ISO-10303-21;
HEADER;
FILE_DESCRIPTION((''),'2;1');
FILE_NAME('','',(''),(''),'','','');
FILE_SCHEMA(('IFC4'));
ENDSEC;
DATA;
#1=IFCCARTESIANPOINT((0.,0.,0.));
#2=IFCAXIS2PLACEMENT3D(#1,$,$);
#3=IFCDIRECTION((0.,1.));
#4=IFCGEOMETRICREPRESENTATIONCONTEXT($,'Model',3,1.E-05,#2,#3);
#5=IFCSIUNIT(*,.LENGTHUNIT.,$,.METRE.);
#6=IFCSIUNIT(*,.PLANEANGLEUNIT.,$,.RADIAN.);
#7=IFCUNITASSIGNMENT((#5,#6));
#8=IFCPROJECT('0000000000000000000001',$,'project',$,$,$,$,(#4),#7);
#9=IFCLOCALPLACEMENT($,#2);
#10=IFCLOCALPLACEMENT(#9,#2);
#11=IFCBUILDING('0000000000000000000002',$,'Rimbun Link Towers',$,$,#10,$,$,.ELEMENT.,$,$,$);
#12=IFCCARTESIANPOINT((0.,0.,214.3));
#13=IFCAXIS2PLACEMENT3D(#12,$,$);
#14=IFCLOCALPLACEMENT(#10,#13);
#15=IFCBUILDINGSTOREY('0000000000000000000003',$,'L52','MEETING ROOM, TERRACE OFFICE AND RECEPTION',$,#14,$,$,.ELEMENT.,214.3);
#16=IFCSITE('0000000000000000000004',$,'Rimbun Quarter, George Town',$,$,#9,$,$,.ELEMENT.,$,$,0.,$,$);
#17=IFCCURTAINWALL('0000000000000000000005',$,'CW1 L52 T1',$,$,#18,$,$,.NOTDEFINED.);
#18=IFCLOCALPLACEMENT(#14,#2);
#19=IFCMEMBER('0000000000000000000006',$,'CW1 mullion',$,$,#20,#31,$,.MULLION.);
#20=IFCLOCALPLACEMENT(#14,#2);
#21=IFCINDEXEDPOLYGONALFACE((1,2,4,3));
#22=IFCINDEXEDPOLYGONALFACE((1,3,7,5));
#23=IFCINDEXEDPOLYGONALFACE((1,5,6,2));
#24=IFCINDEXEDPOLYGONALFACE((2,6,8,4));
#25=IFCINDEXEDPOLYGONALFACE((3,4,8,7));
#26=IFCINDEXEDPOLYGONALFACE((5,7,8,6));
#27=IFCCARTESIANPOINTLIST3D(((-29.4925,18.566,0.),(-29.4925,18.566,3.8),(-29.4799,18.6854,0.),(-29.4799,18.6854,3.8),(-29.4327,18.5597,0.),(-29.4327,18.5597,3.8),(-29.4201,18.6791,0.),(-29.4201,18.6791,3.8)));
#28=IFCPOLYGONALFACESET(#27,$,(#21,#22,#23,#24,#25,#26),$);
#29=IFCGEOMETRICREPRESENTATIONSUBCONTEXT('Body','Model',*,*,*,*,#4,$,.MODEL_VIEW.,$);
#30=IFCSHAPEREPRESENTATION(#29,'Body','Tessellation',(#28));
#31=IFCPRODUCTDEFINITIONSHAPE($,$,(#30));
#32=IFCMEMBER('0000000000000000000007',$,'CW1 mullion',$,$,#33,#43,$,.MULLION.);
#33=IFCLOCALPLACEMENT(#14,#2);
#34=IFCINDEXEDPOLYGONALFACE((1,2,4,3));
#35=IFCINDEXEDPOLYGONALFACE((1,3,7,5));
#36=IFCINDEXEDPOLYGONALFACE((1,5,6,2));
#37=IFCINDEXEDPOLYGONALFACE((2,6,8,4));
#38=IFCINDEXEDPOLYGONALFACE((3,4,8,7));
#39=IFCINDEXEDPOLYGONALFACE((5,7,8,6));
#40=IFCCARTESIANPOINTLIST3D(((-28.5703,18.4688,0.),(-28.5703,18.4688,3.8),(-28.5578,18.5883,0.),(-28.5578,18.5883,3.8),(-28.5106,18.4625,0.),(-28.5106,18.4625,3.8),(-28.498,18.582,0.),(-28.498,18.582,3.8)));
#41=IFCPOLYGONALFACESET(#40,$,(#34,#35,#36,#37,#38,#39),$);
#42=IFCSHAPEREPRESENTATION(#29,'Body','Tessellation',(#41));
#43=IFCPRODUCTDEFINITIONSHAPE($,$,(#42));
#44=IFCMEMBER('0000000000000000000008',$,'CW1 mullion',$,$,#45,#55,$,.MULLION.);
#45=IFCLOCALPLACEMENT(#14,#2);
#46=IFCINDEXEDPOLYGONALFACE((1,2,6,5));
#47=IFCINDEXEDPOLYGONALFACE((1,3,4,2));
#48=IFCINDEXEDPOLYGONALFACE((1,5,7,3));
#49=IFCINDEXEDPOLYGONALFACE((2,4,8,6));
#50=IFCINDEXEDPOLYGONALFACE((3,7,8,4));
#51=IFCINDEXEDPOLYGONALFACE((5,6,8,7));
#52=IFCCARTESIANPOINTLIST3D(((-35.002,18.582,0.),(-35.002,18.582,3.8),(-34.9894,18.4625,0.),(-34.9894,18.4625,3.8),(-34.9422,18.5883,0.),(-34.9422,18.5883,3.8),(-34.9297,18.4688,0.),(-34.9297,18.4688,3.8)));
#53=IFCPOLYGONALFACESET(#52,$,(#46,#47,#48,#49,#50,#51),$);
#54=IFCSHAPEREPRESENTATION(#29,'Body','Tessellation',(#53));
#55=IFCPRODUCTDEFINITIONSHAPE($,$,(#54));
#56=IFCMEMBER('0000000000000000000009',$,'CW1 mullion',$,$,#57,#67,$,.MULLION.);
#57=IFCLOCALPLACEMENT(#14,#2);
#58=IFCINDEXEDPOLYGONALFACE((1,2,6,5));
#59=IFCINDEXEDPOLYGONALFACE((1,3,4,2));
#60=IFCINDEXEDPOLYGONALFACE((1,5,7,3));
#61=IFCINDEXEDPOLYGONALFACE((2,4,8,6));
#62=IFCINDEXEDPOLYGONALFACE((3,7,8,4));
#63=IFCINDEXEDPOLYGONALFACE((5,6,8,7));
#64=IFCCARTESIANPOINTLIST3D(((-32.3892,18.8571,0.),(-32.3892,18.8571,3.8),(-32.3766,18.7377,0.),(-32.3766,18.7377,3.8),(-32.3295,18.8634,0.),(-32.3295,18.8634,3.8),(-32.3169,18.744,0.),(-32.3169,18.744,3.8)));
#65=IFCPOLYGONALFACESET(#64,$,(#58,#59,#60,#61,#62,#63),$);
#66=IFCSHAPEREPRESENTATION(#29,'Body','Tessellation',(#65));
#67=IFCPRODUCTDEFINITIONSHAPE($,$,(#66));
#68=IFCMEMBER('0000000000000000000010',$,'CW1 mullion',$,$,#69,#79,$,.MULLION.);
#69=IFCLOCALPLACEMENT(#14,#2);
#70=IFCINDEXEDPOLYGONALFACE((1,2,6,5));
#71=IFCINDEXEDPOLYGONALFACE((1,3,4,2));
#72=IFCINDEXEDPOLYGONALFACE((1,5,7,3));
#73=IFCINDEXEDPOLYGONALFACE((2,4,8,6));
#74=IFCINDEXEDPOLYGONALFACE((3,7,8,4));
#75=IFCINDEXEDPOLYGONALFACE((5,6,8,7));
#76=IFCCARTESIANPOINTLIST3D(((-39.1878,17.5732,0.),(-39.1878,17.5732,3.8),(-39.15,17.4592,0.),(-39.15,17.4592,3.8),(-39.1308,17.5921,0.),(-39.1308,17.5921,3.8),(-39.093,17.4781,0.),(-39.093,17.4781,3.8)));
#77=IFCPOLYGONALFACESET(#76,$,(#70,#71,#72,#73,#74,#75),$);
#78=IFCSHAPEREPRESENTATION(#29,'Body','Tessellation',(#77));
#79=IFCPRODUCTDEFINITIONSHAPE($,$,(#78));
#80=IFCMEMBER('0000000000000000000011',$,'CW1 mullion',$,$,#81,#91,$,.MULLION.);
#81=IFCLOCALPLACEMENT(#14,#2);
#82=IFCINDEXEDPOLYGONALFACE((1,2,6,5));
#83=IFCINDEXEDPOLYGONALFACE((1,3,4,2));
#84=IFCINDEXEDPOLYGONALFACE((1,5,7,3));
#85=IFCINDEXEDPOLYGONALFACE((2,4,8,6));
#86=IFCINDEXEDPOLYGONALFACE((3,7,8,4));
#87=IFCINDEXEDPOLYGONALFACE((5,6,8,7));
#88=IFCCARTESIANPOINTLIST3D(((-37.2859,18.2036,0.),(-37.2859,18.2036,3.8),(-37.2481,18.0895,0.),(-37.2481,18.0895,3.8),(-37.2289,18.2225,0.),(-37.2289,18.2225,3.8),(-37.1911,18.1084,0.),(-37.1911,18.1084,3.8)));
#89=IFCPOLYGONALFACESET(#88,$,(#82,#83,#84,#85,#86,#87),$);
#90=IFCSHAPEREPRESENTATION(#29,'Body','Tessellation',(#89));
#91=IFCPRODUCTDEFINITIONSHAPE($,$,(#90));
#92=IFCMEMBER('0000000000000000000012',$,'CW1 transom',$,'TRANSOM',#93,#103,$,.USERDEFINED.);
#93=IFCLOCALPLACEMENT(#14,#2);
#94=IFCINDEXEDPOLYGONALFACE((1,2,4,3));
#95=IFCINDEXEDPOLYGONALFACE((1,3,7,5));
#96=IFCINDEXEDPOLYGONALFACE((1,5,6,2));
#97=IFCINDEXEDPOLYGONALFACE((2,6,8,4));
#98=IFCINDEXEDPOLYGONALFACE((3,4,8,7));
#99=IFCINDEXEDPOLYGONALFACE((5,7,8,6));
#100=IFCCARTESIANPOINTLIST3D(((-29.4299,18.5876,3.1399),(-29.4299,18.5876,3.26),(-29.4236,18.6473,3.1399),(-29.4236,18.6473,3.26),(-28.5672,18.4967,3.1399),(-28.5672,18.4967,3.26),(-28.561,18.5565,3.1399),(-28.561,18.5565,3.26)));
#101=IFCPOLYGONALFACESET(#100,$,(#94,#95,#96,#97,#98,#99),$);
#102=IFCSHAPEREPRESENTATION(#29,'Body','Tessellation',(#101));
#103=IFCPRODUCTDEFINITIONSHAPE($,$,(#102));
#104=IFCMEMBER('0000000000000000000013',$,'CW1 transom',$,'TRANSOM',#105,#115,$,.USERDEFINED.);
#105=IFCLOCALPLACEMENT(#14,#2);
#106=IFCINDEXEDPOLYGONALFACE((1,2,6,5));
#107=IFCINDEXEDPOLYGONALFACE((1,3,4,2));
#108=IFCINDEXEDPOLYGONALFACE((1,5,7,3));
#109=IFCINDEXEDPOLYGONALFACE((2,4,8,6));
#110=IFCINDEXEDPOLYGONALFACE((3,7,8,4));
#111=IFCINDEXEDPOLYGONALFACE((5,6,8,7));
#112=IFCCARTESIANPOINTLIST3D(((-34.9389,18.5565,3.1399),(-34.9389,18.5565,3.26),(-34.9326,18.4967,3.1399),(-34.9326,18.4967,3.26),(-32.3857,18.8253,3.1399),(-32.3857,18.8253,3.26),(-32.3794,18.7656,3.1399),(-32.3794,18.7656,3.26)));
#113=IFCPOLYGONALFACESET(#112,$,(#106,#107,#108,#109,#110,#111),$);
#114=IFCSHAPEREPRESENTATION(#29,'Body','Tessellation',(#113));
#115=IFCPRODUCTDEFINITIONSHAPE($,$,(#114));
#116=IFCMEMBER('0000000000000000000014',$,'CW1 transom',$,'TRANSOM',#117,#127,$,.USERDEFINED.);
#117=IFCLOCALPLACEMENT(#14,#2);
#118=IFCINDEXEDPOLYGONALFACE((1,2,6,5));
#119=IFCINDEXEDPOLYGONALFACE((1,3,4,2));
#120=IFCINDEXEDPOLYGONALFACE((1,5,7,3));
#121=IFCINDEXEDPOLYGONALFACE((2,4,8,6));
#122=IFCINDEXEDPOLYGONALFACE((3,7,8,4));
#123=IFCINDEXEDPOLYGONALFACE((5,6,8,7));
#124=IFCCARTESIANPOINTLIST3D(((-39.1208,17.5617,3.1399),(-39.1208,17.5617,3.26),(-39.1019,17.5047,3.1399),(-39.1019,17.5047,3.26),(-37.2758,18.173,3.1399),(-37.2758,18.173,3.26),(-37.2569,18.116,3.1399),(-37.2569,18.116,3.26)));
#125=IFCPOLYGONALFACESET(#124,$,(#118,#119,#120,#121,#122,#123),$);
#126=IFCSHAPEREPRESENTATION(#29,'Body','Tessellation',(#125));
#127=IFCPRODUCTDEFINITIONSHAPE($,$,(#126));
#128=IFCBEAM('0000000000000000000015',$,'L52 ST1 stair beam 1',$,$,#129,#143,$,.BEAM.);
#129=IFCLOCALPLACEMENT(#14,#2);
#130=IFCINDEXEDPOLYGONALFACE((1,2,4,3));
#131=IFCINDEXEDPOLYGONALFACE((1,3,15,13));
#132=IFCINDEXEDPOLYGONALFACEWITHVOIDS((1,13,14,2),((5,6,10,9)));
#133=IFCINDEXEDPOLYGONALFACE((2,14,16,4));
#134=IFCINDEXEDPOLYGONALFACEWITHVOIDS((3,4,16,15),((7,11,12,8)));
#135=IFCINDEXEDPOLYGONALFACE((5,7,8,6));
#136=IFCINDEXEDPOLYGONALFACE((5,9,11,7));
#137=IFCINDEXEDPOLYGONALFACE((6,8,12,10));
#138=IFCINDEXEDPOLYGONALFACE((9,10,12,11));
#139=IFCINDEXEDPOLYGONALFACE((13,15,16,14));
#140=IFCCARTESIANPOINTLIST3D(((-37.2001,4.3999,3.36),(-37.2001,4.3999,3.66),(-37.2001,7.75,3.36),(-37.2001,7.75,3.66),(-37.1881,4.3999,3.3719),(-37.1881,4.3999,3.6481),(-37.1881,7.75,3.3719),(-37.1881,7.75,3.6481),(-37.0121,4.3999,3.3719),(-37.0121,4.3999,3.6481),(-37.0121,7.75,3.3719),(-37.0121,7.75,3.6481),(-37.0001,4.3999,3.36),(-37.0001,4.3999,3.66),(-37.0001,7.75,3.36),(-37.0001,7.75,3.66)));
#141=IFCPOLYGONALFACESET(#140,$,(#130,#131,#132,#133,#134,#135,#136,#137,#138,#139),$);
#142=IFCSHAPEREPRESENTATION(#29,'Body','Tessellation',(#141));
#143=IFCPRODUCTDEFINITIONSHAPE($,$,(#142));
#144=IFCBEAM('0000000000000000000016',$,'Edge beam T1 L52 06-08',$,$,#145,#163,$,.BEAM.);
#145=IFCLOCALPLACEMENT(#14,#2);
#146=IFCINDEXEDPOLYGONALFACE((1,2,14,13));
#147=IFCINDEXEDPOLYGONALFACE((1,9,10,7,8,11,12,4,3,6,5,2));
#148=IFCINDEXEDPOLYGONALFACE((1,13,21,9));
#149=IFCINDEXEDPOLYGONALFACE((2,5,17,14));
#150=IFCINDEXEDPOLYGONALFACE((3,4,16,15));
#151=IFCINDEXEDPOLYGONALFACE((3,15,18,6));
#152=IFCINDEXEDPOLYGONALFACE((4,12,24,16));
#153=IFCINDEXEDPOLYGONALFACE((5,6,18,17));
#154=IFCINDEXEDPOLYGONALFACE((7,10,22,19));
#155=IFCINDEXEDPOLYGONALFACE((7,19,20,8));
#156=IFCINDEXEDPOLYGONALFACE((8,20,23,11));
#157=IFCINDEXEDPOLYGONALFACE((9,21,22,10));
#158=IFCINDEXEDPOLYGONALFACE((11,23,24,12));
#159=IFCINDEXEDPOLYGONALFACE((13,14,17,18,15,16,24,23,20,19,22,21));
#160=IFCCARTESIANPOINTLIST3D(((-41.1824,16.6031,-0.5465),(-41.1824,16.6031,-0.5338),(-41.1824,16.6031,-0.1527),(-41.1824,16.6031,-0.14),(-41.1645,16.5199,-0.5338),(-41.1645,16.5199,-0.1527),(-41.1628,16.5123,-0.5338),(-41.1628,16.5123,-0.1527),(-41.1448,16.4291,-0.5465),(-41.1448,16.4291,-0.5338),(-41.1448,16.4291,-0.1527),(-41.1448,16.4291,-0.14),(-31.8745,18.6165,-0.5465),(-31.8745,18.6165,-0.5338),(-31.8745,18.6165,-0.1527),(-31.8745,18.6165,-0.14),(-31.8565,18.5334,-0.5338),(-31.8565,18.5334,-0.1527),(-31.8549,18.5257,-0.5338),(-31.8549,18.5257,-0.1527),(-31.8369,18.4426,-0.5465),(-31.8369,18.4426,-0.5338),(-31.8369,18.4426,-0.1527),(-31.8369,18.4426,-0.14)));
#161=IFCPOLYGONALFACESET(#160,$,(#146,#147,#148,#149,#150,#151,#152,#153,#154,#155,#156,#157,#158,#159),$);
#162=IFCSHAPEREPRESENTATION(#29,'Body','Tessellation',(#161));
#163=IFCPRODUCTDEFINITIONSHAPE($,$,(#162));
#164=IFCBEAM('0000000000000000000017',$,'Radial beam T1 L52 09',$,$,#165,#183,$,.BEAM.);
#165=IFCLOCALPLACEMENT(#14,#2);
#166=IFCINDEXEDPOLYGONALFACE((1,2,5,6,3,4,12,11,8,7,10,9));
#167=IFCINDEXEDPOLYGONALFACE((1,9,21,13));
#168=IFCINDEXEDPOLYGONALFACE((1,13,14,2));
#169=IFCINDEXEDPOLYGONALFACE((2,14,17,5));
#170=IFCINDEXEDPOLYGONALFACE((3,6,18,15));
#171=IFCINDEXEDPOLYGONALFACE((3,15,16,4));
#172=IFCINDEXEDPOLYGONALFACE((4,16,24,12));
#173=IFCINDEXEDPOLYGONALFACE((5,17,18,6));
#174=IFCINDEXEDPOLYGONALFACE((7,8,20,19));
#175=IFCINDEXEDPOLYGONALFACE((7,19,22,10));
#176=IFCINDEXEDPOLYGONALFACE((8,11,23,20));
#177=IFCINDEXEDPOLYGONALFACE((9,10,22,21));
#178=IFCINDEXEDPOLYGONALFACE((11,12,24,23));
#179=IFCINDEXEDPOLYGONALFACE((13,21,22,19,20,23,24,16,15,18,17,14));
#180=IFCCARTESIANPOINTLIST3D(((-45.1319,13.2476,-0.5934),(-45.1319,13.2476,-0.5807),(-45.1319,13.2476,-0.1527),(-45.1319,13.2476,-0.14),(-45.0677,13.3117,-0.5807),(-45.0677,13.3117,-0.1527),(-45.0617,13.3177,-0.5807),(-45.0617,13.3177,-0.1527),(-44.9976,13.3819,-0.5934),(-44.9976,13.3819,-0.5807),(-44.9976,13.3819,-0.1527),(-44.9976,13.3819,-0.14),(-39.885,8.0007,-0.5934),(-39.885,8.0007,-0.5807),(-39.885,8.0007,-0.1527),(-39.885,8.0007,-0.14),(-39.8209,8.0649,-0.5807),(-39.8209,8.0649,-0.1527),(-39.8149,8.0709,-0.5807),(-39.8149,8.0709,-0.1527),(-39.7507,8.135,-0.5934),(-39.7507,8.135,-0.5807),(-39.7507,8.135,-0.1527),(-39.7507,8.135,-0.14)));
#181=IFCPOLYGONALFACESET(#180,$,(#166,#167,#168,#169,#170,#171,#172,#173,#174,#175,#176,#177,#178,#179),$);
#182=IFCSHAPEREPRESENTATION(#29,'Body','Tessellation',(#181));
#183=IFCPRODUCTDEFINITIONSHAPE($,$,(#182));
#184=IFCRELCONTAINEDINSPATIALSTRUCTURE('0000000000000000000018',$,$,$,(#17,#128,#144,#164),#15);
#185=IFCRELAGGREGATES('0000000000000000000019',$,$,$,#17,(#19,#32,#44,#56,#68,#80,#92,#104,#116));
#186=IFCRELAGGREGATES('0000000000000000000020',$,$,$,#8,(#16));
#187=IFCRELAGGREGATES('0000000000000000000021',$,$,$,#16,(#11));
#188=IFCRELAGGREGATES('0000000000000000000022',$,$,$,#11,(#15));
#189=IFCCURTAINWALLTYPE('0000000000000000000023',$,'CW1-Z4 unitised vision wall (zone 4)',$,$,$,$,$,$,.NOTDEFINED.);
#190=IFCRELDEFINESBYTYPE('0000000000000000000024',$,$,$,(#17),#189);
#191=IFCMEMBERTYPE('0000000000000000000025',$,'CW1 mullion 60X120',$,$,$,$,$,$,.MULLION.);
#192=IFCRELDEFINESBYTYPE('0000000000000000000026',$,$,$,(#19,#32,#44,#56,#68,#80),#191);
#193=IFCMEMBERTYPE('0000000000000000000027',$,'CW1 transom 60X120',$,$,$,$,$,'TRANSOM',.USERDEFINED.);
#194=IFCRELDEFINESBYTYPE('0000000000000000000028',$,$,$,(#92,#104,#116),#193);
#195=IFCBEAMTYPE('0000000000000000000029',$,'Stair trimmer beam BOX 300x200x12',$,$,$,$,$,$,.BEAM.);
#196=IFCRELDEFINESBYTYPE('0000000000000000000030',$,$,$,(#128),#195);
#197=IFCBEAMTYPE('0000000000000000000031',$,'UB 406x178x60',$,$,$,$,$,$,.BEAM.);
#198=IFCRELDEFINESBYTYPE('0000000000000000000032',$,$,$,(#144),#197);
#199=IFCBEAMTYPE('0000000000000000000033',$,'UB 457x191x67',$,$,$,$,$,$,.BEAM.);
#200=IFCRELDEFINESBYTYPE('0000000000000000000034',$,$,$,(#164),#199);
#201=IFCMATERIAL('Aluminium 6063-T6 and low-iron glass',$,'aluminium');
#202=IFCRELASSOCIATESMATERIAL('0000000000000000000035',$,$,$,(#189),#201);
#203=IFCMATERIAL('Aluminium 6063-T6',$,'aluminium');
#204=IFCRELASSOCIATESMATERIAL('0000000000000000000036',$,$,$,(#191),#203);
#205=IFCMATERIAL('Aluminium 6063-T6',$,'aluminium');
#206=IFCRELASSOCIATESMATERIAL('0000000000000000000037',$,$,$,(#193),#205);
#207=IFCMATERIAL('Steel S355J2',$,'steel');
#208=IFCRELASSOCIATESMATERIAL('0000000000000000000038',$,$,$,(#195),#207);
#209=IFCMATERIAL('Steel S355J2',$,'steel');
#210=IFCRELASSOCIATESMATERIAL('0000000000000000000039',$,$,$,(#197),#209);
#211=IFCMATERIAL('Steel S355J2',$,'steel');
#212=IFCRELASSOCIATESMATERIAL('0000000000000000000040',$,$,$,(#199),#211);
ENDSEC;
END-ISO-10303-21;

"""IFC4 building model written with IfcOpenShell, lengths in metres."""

from ifc_helpers import new_model, si_unit, direction, frame, origin, origin_2d, place, context, subcontext, project, spatial, rectangle, hollow_rectangle, i_section, extrude, material, material_profile, profile_set, type_object, element, aggregate, save


model = new_model("IFC4")

# Units and contexts
model_context = context("Model", 3, precision=1e-05, world=origin(), true_north=direction((0.0, 1.0)))
body_context = subcontext(model_context, "Body", "Model", "MODEL_VIEW")
ifc_project = project(units=[si_unit("LENGTHUNIT", "METRE"), si_unit("PLANEANGLEUNIT", "RADIAN")], contexts=[model_context])

# Site, building, storey
site_placement = place(None, origin())
site = spatial("IfcSite", under=ifc_project, at=site_placement, Name="Rimbun Quarter, George Town", CompositionType="ELEMENT", RefElevation=0.0)
building_placement = place(site_placement, origin())
building = spatial("IfcBuilding", under=site, at=building_placement, Name="Rimbun Link Towers", CompositionType="ELEMENT")
storey_placement = place(building_placement, frame((0.0, 0.0, 214.3)))
storey = spatial("IfcBuildingStorey", under=building, at=storey_placement, Name="L52", Description="MEETING ROOM, TERRACE OFFICE AND RECEPTION", CompositionType="ELEMENT", Elevation=214.3)

# Curtain wall, members
ifc_material_1 = material(Name="Aluminium 6063-T6 and low-iron glass", Category="aluminium")
curtain_wall_type = type_object("IfcCurtainWallType", Name="CW1-Z4 unitised vision wall (zone 4)", PredefinedType="NOTDEFINED", material=ifc_material_1)
curtain_wall_placement = place(storey_placement, origin())
curtain_wall = element("IfcCurtainWall", 1, at=curtain_wall_placement, inside=storey, type_object=curtain_wall_type, Name="CW1 L52 T1", PredefinedType="NOTDEFINED")
ifc_material_2 = material(Name="Aluminium 6063-T6", Category="aluminium")
ifc_material_profile_1 = material_profile(ifc_material_2, rectangle(XDim=0.1201, YDim=0.0601, at=origin_2d()), Name="MULLION 60X120")
ifc_profile_set_1 = profile_set([ifc_material_profile_1], Name="Aluminium 6063-T6")
member_type_1 = type_object("IfcMemberType", Name="CW1 mullion 60X120", PredefinedType="MULLION", material=ifc_profile_set_1)
member_1_placement = place(storey_placement, frame((-29.4563, 18.6226, 0.0), z_axis=(0.0, 0.0, 1.0), x_axis=(0.104723, 0.994501, 0.0)))
member_1 = element("IfcMember", 2, at=member_1_placement, type_object=member_type_1, Name="CW1 mullion", PredefinedType="MULLION", context=body_context, shape_type="SweptSolid", body=[
    extrude(rectangle(XDim=0.1201, YDim=0.0601, at=origin_2d()), origin(), (0.0, 0.0, 1.0), 3.8),
])
member_2_placement = place(storey_placement, frame((-28.5342, 18.5254, 0.0), z_axis=(0.0, 0.0, 1.0), x_axis=(0.104723, 0.994501, 0.0)))
member_2 = element("IfcMember", 3, at=member_2_placement, type_object=member_type_1, Name="CW1 mullion", PredefinedType="MULLION", context=body_context, shape_type="SweptSolid", body=[
    extrude(rectangle(XDim=0.1201, YDim=0.0601, at=origin_2d()), origin(), (0.0, 0.0, 1.0), 3.8),
])
member_3_placement = place(storey_placement, frame((-34.9658, 18.5254, 0.0), z_axis=(0.0, 0.0, 1.0), x_axis=(-0.104723, 0.994501, 0.0)))
member_3 = element("IfcMember", 4, at=member_3_placement, type_object=member_type_1, Name="CW1 mullion", PredefinedType="MULLION", context=body_context, shape_type="SweptSolid", body=[
    extrude(rectangle(XDim=0.1201, YDim=0.0601, at=origin_2d()), origin(), (0.0, 0.0, 1.0), 3.8),
])
member_4_placement = place(storey_placement, frame((-32.353, 18.8005, 0.0), z_axis=(0.0, 0.0, 1.0), x_axis=(-0.104723, 0.994501, 0.0)))
member_4 = element("IfcMember", 5, at=member_4_placement, type_object=member_type_1, Name="CW1 mullion", PredefinedType="MULLION", context=body_context, shape_type="SweptSolid", body=[
    extrude(rectangle(XDim=0.1201, YDim=0.0601, at=origin_2d()), origin(), (0.0, 0.0, 1.0), 3.8),
])
member_5_placement = place(storey_placement, frame((-39.1404, 17.5256, 0.0), z_axis=(0.0, 0.0, 1.0), x_axis=(-0.314578, 0.949231, 0.0)))
member_5 = element("IfcMember", 6, at=member_5_placement, type_object=member_type_1, Name="CW1 mullion", PredefinedType="MULLION", context=body_context, shape_type="SweptSolid", body=[
    extrude(rectangle(XDim=0.1201, YDim=0.0601, at=origin_2d()), origin(), (0.0, 0.0, 1.0), 3.8),
])
member_6_placement = place(storey_placement, frame((-37.2385, 18.156, 0.0), z_axis=(0.0, 0.0, 1.0), x_axis=(-0.314578, 0.949231, 0.0)))
member_6 = element("IfcMember", 7, at=member_6_placement, type_object=member_type_1, Name="CW1 mullion", PredefinedType="MULLION", context=body_context, shape_type="SweptSolid", body=[
    extrude(rectangle(XDim=0.1201, YDim=0.0601, at=origin_2d()), origin(), (0.0, 0.0, 1.0), 3.8),
])
ifc_material_3 = material(Name="Aluminium 6063-T6", Category="aluminium")
ifc_material_profile_2 = material_profile(ifc_material_3, rectangle(XDim=0.0601, YDim=0.1201, at=origin_2d()), Name="TRANSOM 60X120")
ifc_profile_set_2 = profile_set([ifc_material_profile_2], Name="Aluminium 6063-T6")
member_type_2 = type_object("IfcMemberType", Name="CW1 transom 60X120", ElementType="TRANSOM", PredefinedType="USERDEFINED", material=ifc_profile_set_2)
member_7_placement = place(storey_placement, frame((-29.4268, 18.6174, 3.2), z_axis=(0.994502, -0.104714, 0.0), x_axis=(0.104714, 0.994502, 0.0)))
member_7 = element("IfcMember", 8, at=member_7_placement, type_object=member_type_2, Name="CW1 transom", ObjectType="TRANSOM", PredefinedType="USERDEFINED", context=body_context, shape_type="SweptSolid", body=[
    extrude(rectangle(XDim=0.0601, YDim=0.1201, at=origin_2d()), origin(), (0.0, 0.0, 1.0), 0.8674),
])
member_8_placement = place(storey_placement, frame((-34.9358, 18.5266, 3.2), z_axis=(0.994504, 0.1047, 0.0), x_axis=(-0.1047, 0.994504, 0.0)))
member_8 = element("IfcMember", 9, at=member_8_placement, type_object=member_type_2, Name="CW1 transom", ObjectType="TRANSOM", PredefinedType="USERDEFINED", context=body_context, shape_type="SweptSolid", body=[
    extrude(rectangle(XDim=0.0601, YDim=0.1201, at=origin_2d()), origin(), (0.0, 0.0, 1.0), 2.5674),
])
member_9_placement = place(storey_placement, frame((-39.1113, 17.5332, 3.2), z_axis=(0.949247, 0.314532, 0.0), x_axis=(-0.314532, 0.949247, 0.0)))
member_9 = element("IfcMember", 10, at=member_9_placement, type_object=member_type_2, Name="CW1 transom", ObjectType="TRANSOM", PredefinedType="USERDEFINED", context=body_context, shape_type="SweptSolid", body=[
    extrude(rectangle(XDim=0.0601, YDim=0.1201, at=origin_2d()), origin(), (0.0, 0.0, 1.0), 1.9436),
])

# Beams
ifc_material_4 = material(Name="Steel S355J2", Category="steel")
ifc_material_profile_3 = material_profile(ifc_material_4, hollow_rectangle(XDim=0.2, YDim=0.3, WallThickness=0.012, at=origin_2d()), Name="BOX 300x200x12")
ifc_profile_set_3 = profile_set([ifc_material_profile_3], Name="Steel S355J2")
beam_type_1 = type_object("IfcBeamType", Name="Stair trimmer beam BOX 300x200x12", PredefinedType="BEAM", material=ifc_profile_set_3)
beam_1_placement = place(storey_placement, frame((-37.1001, 7.75, 3.51), z_axis=(0.0, -1.0, 0.0), x_axis=(1.0, 0.0, 0.0)))
element("IfcBeam", 11, at=beam_1_placement, inside=storey, type_object=beam_type_1, Name="L52 ST1 stair beam 1", PredefinedType="BEAM", context=body_context, shape_type="SweptSolid", body=[
    extrude(hollow_rectangle(XDim=0.2, YDim=0.3, WallThickness=0.012, at=origin_2d()), origin(), (0.0, 0.0, 1.0), 3.3501),
])
ifc_material_5 = material(Name="Steel S355J2", Category="steel")
ifc_material_profile_4 = material_profile(ifc_material_5, i_section(OverallWidth=0.178, OverallDepth=0.4065, WebThickness=0.0078, FlangeThickness=0.0127, at=origin_2d()), Name="UB 406x178x60")
ifc_profile_set_4 = profile_set([ifc_material_profile_4], Name="Steel S355J2")
beam_type_2 = type_object("IfcBeamType", Name="UB 406x178x60", PredefinedType="BEAM", material=ifc_profile_set_4)
beam_2_placement = place(storey_placement, frame((-31.8557, 18.5295, -0.3433), z_axis=(-0.977394, -0.211425, 0.0), x_axis=(0.211425, -0.977394, 0.0)))
element("IfcBeam", 12, at=beam_2_placement, inside=storey, type_object=beam_type_2, Name="Edge beam T1 L52 06-08", PredefinedType="BEAM", context=body_context, shape_type="SweptSolid", body=[
    extrude(i_section(OverallWidth=0.178, OverallDepth=0.4065, WebThickness=0.0078, FlangeThickness=0.0127, at=origin_2d()), origin(), (0.0, 0.0, 1.0), 9.5232),
])
ifc_material_6 = material(Name="Steel S355J2", Category="steel")
ifc_material_profile_5 = material_profile(ifc_material_6, i_section(OverallWidth=0.1899, OverallDepth=0.4534, WebThickness=0.0085, FlangeThickness=0.0127, at=origin_2d()), Name="UB 457x191x67")
ifc_profile_set_5 = profile_set([ifc_material_profile_5], Name="Steel S355J2")
beam_type_3 = type_object("IfcBeamType", Name="UB 457x191x67", PredefinedType="BEAM", material=ifc_profile_set_5)
beam_3_placement = place(storey_placement, frame((-39.8179, 8.0679, -0.3667), z_axis=(-0.707107, 0.707107, 0.0), x_axis=(-0.707107, -0.707107, 0.0)))
element("IfcBeam", 13, at=beam_3_placement, inside=storey, type_object=beam_type_3, Name="Radial beam T1 L52 09", PredefinedType="BEAM", context=body_context, shape_type="SweptSolid", body=[
    extrude(i_section(OverallWidth=0.1899, OverallDepth=0.4534, WebThickness=0.0085, FlangeThickness=0.0127, at=origin_2d()), origin(), (0.0, 0.0, 1.0), 7.4202),
])

aggregate(curtain_wall, [member_1, member_2, member_3, member_4, member_5, member_6, member_7, member_8, member_9])

save(model, "model.ifc")
